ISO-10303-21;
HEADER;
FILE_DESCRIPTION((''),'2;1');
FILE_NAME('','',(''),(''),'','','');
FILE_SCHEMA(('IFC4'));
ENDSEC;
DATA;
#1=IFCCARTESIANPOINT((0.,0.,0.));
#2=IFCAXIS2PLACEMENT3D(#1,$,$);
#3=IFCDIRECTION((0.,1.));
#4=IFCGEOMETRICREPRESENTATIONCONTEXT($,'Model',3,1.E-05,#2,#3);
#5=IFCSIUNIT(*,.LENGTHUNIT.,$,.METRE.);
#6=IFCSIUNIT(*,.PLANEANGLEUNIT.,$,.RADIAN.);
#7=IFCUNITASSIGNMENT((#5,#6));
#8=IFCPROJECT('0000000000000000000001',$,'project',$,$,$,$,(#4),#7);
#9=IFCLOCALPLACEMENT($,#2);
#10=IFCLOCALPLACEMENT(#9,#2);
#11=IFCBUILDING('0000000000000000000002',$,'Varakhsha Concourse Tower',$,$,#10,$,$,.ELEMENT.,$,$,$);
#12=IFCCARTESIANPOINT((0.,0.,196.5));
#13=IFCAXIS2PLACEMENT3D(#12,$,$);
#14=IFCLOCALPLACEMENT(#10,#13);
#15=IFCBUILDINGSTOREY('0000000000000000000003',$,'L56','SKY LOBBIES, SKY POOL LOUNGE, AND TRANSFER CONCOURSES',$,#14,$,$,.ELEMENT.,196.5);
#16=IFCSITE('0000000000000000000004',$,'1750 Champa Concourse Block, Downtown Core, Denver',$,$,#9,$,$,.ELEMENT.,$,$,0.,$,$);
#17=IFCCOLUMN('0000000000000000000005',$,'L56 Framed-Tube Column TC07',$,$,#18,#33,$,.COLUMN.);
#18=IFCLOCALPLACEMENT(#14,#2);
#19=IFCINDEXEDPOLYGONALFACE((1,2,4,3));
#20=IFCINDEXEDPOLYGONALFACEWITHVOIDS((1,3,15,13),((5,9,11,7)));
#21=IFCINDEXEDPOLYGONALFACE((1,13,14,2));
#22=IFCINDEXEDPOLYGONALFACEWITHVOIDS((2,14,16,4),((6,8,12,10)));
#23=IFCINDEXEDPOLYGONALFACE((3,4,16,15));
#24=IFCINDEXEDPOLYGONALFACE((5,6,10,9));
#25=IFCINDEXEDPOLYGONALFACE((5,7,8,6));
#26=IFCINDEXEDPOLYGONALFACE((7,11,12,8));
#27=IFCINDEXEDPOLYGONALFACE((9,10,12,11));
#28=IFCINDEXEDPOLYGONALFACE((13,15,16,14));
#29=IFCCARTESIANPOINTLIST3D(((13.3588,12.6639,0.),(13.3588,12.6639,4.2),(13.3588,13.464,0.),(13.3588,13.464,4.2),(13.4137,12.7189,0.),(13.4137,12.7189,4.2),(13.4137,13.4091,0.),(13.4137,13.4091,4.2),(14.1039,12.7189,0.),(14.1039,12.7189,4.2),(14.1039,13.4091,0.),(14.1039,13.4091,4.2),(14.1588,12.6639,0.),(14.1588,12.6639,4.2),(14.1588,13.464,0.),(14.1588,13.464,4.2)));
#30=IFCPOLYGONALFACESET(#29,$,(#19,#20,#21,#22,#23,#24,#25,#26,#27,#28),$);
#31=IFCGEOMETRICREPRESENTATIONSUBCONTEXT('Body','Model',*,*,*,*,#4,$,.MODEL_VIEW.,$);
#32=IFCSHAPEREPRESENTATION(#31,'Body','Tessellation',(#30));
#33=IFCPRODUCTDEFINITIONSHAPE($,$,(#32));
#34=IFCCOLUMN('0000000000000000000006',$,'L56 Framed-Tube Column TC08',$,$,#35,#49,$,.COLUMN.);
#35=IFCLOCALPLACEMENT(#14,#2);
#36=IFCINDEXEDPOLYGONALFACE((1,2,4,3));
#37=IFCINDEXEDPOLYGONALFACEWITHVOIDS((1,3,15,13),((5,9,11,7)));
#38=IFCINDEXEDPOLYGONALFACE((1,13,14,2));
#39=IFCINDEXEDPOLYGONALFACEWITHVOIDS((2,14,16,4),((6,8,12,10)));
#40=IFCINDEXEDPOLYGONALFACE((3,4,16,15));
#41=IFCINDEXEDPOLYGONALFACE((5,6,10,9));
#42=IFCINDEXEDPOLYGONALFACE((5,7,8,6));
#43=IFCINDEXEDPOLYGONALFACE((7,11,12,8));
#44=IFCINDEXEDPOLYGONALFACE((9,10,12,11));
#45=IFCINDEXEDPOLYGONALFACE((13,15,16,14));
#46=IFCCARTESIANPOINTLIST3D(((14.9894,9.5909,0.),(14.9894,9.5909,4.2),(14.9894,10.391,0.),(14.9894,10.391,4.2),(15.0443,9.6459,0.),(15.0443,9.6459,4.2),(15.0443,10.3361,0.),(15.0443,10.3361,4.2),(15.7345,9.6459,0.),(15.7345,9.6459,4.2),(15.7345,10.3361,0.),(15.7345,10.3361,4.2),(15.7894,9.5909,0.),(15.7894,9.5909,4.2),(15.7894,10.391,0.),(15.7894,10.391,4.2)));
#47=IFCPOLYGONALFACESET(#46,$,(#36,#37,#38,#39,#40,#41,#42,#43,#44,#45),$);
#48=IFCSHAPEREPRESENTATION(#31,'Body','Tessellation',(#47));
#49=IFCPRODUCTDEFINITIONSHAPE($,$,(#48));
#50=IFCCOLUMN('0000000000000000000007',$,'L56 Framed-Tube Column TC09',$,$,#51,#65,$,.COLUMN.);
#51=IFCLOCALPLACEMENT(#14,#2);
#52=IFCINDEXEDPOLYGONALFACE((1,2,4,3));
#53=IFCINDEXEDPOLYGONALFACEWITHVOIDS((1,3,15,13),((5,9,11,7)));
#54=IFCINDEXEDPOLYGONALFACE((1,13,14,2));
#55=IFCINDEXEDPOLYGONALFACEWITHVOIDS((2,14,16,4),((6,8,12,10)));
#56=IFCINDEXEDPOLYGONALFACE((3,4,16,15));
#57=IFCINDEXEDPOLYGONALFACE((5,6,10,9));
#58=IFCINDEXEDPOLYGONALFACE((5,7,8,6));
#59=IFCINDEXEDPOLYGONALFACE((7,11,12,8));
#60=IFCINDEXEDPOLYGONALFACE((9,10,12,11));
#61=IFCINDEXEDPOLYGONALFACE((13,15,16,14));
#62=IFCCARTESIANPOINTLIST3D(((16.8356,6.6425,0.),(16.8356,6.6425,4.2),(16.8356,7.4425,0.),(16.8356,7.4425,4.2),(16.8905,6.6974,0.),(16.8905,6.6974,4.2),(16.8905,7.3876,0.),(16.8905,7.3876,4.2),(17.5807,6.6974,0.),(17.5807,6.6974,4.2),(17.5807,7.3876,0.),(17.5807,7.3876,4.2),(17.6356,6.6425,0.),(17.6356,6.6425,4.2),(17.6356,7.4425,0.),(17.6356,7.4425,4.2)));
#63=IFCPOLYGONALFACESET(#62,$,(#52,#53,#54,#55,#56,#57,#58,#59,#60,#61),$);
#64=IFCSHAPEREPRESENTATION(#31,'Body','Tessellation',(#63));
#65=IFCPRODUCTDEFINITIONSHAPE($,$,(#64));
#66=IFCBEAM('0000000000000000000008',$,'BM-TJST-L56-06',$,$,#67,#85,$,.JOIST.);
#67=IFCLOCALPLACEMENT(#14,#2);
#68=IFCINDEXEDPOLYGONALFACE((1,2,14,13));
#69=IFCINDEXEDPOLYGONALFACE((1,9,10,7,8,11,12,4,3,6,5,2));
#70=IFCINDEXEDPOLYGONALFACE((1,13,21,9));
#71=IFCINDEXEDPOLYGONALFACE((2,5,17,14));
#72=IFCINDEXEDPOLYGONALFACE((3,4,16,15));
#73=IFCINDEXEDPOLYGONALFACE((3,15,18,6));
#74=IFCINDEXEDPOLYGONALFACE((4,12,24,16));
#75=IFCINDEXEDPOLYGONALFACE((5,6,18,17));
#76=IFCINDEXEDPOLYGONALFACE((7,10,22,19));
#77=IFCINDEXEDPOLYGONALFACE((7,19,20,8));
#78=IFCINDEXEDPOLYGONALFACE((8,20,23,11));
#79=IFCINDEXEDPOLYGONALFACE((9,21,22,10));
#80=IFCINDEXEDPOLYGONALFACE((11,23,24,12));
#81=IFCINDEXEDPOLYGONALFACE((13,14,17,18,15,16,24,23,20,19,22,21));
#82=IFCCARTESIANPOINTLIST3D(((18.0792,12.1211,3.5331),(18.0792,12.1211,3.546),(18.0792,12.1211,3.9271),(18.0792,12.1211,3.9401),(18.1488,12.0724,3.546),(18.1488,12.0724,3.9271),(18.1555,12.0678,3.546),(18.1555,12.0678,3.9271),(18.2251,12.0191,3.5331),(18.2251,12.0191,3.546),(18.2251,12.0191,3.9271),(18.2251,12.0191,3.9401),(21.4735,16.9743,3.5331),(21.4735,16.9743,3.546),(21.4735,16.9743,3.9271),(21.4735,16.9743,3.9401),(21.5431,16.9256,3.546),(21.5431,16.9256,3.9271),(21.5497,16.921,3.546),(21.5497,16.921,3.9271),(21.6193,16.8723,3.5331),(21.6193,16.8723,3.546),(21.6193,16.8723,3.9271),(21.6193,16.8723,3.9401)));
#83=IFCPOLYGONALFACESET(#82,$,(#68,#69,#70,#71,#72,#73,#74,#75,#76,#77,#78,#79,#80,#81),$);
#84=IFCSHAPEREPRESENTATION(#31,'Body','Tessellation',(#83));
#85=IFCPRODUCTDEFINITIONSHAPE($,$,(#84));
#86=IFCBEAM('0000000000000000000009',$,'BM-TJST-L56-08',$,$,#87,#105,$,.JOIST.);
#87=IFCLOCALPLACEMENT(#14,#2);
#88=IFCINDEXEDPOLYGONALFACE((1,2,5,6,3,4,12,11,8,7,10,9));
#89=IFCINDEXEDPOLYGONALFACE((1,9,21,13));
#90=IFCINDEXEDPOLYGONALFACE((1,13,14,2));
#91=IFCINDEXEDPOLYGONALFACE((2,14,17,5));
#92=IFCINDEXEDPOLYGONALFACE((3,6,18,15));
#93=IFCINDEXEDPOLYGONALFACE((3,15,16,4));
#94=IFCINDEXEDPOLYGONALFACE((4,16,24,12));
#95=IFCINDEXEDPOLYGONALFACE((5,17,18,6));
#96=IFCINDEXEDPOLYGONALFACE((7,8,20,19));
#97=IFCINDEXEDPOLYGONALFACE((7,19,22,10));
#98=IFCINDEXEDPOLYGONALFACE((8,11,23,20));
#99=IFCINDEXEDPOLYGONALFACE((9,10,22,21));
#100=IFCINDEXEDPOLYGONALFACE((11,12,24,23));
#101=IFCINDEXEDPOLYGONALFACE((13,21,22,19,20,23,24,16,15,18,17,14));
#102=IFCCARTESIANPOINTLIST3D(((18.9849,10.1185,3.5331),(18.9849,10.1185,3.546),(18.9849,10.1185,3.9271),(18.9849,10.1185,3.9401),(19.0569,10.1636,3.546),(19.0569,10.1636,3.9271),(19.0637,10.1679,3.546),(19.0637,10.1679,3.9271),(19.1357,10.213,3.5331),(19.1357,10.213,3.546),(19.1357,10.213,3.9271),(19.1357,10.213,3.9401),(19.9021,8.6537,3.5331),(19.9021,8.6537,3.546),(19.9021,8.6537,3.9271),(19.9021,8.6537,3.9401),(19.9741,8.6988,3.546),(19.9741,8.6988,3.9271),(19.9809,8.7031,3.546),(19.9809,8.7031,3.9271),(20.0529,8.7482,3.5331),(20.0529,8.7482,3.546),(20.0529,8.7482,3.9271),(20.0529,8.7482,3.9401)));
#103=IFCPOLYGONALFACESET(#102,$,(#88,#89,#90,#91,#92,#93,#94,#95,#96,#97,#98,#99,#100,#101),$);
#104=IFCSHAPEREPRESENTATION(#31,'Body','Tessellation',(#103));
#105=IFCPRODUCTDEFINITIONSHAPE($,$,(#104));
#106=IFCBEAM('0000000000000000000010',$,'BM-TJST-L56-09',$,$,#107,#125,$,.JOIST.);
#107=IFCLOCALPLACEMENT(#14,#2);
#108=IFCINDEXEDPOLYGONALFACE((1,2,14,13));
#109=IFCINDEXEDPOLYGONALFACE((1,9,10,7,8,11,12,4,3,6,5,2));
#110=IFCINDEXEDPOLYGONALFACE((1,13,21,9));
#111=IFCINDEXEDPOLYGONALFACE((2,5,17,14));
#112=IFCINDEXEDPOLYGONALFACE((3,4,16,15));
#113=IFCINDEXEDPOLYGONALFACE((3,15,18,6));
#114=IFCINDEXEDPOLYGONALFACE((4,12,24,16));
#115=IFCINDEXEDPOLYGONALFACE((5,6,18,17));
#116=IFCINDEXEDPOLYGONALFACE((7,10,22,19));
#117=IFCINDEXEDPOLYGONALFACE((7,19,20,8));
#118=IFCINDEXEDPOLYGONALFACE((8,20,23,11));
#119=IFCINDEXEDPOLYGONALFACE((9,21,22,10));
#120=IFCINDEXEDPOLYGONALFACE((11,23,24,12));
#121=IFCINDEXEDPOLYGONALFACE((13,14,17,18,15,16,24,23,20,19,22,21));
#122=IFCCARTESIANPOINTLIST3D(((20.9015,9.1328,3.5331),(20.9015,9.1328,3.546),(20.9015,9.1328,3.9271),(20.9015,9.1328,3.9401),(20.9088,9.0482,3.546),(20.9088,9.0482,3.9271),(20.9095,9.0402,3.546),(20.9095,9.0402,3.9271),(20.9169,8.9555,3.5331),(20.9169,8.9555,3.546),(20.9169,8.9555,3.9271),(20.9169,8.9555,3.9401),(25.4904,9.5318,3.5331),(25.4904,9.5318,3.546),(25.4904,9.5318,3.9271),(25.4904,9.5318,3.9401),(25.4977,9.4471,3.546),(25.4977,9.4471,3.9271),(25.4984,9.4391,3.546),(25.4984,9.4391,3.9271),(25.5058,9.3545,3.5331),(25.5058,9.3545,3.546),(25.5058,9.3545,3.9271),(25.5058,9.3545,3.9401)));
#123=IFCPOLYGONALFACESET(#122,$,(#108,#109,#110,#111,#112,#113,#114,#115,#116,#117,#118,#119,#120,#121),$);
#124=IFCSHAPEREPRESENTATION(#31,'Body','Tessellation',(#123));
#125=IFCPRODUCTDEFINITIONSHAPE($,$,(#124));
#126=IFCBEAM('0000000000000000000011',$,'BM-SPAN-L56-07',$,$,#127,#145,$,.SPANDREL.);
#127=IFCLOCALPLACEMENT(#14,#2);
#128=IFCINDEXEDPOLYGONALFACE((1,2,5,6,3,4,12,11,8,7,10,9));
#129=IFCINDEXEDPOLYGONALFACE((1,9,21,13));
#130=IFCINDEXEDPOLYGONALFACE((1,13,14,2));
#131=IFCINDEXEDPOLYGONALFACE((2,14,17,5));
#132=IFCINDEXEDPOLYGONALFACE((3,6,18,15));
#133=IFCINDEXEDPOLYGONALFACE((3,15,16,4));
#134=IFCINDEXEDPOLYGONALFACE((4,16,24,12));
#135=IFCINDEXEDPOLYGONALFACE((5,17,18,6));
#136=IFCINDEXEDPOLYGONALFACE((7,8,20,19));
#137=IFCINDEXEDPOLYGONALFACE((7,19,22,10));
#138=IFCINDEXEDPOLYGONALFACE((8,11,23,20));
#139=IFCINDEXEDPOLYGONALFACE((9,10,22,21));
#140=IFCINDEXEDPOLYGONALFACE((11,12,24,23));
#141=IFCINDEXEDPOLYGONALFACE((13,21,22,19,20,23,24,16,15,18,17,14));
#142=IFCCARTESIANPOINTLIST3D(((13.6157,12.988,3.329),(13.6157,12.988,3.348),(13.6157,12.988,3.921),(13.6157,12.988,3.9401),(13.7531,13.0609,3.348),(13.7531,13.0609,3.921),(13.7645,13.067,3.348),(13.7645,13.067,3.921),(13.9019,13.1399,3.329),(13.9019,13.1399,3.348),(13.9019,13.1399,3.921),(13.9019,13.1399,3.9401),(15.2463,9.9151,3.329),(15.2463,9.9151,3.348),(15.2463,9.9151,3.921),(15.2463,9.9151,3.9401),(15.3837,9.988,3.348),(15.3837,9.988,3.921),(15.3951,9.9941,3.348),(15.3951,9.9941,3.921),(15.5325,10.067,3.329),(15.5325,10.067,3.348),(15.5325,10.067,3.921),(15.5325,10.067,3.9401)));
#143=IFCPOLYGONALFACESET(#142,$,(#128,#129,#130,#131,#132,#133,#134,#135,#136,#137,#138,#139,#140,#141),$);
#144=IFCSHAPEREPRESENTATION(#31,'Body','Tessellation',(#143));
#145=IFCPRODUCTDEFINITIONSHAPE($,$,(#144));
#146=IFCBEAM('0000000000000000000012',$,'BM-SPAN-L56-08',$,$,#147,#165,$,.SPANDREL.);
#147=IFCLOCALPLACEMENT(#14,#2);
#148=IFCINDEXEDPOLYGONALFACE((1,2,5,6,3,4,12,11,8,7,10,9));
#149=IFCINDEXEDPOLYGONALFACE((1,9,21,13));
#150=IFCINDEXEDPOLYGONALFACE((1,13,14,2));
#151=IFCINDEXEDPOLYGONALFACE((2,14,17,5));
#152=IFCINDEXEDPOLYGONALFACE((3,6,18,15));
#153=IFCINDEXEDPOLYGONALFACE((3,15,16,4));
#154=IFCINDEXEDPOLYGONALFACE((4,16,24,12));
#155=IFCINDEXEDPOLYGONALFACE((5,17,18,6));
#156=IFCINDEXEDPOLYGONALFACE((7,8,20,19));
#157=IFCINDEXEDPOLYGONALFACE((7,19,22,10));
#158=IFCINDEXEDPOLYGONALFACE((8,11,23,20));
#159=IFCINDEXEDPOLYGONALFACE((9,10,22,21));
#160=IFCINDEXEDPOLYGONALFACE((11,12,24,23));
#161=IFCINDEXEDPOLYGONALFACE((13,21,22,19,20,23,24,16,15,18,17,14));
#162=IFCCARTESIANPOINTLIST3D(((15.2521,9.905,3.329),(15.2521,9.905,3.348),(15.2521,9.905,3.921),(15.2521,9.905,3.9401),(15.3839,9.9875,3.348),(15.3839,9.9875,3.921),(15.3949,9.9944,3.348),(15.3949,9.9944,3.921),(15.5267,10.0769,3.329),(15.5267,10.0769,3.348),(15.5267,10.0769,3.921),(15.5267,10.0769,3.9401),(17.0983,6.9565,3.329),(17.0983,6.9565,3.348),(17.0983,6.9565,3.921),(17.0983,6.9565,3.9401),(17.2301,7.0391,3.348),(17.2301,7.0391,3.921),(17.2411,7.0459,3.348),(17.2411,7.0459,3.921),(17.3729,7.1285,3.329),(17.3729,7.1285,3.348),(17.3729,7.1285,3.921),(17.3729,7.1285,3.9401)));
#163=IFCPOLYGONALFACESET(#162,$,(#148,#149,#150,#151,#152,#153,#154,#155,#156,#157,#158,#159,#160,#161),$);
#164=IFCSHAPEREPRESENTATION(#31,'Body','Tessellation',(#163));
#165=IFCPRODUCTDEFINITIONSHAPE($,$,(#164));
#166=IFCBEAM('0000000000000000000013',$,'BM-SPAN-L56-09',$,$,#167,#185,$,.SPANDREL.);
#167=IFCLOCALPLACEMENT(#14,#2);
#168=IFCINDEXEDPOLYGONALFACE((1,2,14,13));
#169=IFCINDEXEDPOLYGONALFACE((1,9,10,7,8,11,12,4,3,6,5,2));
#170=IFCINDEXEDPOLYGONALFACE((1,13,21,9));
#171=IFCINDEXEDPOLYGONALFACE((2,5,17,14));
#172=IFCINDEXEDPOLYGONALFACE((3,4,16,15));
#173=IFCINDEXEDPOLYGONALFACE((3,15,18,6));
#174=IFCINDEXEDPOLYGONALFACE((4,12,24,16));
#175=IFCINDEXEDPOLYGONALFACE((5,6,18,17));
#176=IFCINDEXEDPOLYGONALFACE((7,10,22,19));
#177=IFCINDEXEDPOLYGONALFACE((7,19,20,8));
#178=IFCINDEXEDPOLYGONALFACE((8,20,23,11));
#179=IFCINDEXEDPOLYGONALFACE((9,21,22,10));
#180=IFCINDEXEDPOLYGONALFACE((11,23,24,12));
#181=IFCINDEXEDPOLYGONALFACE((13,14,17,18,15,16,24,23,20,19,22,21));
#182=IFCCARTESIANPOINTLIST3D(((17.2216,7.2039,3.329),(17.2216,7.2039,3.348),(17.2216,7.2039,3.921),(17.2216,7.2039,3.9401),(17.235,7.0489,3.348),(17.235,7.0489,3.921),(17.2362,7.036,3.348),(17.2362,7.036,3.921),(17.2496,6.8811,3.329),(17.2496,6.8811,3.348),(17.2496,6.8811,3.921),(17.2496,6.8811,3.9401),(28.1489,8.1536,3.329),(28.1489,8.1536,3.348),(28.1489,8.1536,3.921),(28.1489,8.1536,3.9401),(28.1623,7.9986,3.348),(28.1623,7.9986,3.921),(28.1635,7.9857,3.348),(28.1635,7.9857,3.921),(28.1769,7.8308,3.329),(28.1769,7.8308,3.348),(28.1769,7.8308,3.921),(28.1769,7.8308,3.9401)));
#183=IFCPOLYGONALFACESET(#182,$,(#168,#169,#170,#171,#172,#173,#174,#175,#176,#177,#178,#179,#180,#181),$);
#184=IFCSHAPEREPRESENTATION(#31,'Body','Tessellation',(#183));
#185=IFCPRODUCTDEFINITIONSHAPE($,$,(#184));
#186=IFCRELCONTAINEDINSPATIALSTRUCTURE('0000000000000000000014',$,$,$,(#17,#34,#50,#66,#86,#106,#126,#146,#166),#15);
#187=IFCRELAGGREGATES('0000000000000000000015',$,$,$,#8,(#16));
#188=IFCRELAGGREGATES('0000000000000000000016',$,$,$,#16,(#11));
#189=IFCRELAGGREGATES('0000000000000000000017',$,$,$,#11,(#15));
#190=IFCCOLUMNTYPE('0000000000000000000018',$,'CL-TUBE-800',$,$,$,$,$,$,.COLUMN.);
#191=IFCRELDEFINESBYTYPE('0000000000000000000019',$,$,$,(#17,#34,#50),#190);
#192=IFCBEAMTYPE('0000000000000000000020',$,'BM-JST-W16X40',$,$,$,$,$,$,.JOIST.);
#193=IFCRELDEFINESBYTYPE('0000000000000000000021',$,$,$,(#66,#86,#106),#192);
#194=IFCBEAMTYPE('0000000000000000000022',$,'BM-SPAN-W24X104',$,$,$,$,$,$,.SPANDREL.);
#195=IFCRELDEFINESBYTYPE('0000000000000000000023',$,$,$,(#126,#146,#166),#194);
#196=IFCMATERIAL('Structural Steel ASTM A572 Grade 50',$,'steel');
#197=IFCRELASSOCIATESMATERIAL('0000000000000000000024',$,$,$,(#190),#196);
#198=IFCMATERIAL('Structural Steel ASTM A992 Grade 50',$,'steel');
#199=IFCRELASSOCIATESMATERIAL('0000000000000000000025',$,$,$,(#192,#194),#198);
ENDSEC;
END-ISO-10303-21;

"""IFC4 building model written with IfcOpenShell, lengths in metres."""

from ifc_helpers import new_model, si_unit, direction, frame, origin, origin_2d, place, context, subcontext, project, spatial, hollow_rectangle, i_section, extrude, material, material_profile, profile_set, type_object, element, save


model = new_model("IFC4")

# Units and contexts
model_context = context("Model", 3, precision=1e-05, world=origin(), true_north=direction((0.0, 1.0)))
body_context = subcontext(model_context, "Body", "Model", "MODEL_VIEW")
ifc_project = project(units=[si_unit("LENGTHUNIT", "METRE"), si_unit("PLANEANGLEUNIT", "RADIAN")], contexts=[model_context])

# Site, building, storey
site_placement = place(None, origin())
site = spatial("IfcSite", under=ifc_project, at=site_placement, Name="1750 Champa Concourse Block, Downtown Core, Denver", CompositionType="ELEMENT", RefElevation=0.0)
building_placement = place(site_placement, origin())
building = spatial("IfcBuilding", under=site, at=building_placement, Name="Varakhsha Concourse Tower", CompositionType="ELEMENT")
storey_placement = place(building_placement, frame((0.0, 0.0, 196.5)))
storey = spatial("IfcBuildingStorey", under=building, at=storey_placement, Name="L56", Description="SKY LOBBIES, SKY POOL LOUNGE, AND TRANSFER CONCOURSES", CompositionType="ELEMENT", Elevation=196.5)

# Columns
ifc_material_1 = material(Name="Structural Steel ASTM A572 Grade 50", Category="steel")
ifc_material_profile_1 = material_profile(ifc_material_1, hollow_rectangle(XDim=0.8, YDim=0.8, WallThickness=0.0549, at=origin_2d()), Name="BOX 800x800x55")
ifc_profile_set_1 = profile_set([ifc_material_profile_1], Name="Structural Steel ASTM A572 Grade 50")
column_type = type_object("IfcColumnType", Name="CL-TUBE-800", PredefinedType="COLUMN", material=ifc_profile_set_1)
for number, where, z_axis, x_axis, name in (
    (1, (13.7588, 13.064, 0.0), (0.0, 0.0, 1.0), (1.0, 0.0, 0.0), "L56 Framed-Tube Column TC07"),
    (2, (15.3894, 9.991, 0.0), (0.0, 0.0, 1.0), (1.0, 0.0, 0.0), "L56 Framed-Tube Column TC08"),
    (3, (17.2356, 7.0425, 0.0), (0.0, 0.0, 1.0), (1.0, 0.0, 0.0), "L56 Framed-Tube Column TC09"),
):
    element("IfcColumn", number, at=place(storey_placement, frame(where, z_axis=z_axis, x_axis=x_axis)), inside=storey, type_object=column_type, Name=name, PredefinedType="COLUMN", context=body_context, shape_type="SweptSolid", body=[
        extrude(hollow_rectangle(XDim=0.8, YDim=0.8, WallThickness=0.0549, at=origin_2d()), origin(), (0.0, 0.0, 1.0), 4.2),
    ])

# Beams
ifc_material_2 = material(Name="Structural Steel ASTM A992 Grade 50", Category="steel")
ifc_material_profile_2 = material_profile(ifc_material_2, i_section(OverallWidth=0.178, OverallDepth=0.407, WebThickness=0.0081, FlangeThickness=0.0129, at=origin_2d()), Name="W16X40")
ifc_profile_set_2 = profile_set([ifc_material_profile_2], Name="Structural Steel ASTM A992 Grade 50")
beam_type_1 = type_object("IfcBeamType", Name="BM-JST-W16X40", PredefinedType="JOIST", material=ifc_profile_set_2)
beam_1_placement = place(storey_placement, frame((21.5464, 16.9233, 3.7366), z_axis=(-0.573122, -0.81947, 0.0), x_axis=(0.81947, -0.573122, 0.0)))
element("IfcBeam", 4, at=beam_1_placement, inside=storey, type_object=beam_type_1, Name="BM-TJST-L56-06", PredefinedType="JOIST", context=body_context, shape_type="SweptSolid", body=[
    extrude(i_section(OverallWidth=0.178, OverallDepth=0.407, WebThickness=0.0081, FlangeThickness=0.0129, at=origin_2d()), origin(), (0.0, 0.0, 1.0), 5.9224),
])
beam_2_placement = place(storey_placement, frame((19.0603, 10.1658, 3.7366), z_axis=(0.53071, -0.847554, 0.0), x_axis=(0.847554, 0.53071, 0.0)))
element("IfcBeam", 5, at=beam_2_placement, inside=storey, type_object=beam_type_1, Name="BM-TJST-L56-08", PredefinedType="JOIST", context=body_context, shape_type="SweptSolid", body=[
    extrude(i_section(OverallWidth=0.178, OverallDepth=0.407, WebThickness=0.0081, FlangeThickness=0.0129, at=origin_2d()), origin(), (0.0, 0.0, 1.0), 1.7283),
])
beam_3_placement = place(storey_placement, frame((20.9092, 9.0442, 3.7366), z_axis=(0.996243, 0.086607, 0.0), x_axis=(-0.086607, 0.996243, 0.0)))
element("IfcBeam", 6, at=beam_3_placement, inside=storey, type_object=beam_type_1, Name="BM-TJST-L56-09", PredefinedType="JOIST", context=body_context, shape_type="SweptSolid", body=[
    extrude(i_section(OverallWidth=0.178, OverallDepth=0.407, WebThickness=0.0081, FlangeThickness=0.0129, at=origin_2d()), origin(), (0.0, 0.0, 1.0), 4.6062),
])
ifc_material_profile_3 = material_profile(ifc_material_2, i_section(OverallWidth=0.324, OverallDepth=0.6111, WebThickness=0.0129, FlangeThickness=0.019, at=origin_2d()), Name="W24X104")
ifc_profile_set_3 = profile_set([ifc_material_profile_3], Name="Structural Steel ASTM A992 Grade 50")
beam_type_2 = type_object("IfcBeamType", Name="BM-SPAN-W24X104", PredefinedType="SPANDREL", material=ifc_profile_set_3)
for number, where, z_axis, x_axis, name in (
    (7, (13.7588, 13.064, 3.6345), (0.468726, -0.883344, 0.0), (0.883344, 0.468726, 0.0), "BM-SPAN-L56-07"),
    (8, (15.3894, 9.991, 3.6345), (0.530699, -0.84756, 0.0), (0.84756, 0.530699, 0.0), "BM-SPAN-L56-08"),
):
    element("IfcBeam", number, at=place(storey_placement, frame(where, z_axis=z_axis, x_axis=x_axis)), inside=storey, type_object=beam_type_2, Name=name, PredefinedType="SPANDREL", context=body_context, shape_type="SweptSolid", body=[
        extrude(i_section(OverallWidth=0.324, OverallDepth=0.6111, WebThickness=0.0129, FlangeThickness=0.019, at=origin_2d()), origin(), (0.0, 0.0, 1.0), 3.4788),
    ])
beam_4_placement = place(storey_placement, frame((17.2356, 7.0425, 3.6345), z_axis=(0.996244, 0.086585, 0.0), x_axis=(-0.086585, 0.996244, 0.0)))
element("IfcBeam", 9, at=beam_4_placement, inside=storey, type_object=beam_type_2, Name="BM-SPAN-L56-09", PredefinedType="SPANDREL", context=body_context, shape_type="SweptSolid", body=[
    extrude(i_section(OverallWidth=0.324, OverallDepth=0.6111, WebThickness=0.0129, FlangeThickness=0.019, at=origin_2d()), origin(), (0.0, 0.0, 1.0), 10.9685),
])

save(model, "model.ifc")
